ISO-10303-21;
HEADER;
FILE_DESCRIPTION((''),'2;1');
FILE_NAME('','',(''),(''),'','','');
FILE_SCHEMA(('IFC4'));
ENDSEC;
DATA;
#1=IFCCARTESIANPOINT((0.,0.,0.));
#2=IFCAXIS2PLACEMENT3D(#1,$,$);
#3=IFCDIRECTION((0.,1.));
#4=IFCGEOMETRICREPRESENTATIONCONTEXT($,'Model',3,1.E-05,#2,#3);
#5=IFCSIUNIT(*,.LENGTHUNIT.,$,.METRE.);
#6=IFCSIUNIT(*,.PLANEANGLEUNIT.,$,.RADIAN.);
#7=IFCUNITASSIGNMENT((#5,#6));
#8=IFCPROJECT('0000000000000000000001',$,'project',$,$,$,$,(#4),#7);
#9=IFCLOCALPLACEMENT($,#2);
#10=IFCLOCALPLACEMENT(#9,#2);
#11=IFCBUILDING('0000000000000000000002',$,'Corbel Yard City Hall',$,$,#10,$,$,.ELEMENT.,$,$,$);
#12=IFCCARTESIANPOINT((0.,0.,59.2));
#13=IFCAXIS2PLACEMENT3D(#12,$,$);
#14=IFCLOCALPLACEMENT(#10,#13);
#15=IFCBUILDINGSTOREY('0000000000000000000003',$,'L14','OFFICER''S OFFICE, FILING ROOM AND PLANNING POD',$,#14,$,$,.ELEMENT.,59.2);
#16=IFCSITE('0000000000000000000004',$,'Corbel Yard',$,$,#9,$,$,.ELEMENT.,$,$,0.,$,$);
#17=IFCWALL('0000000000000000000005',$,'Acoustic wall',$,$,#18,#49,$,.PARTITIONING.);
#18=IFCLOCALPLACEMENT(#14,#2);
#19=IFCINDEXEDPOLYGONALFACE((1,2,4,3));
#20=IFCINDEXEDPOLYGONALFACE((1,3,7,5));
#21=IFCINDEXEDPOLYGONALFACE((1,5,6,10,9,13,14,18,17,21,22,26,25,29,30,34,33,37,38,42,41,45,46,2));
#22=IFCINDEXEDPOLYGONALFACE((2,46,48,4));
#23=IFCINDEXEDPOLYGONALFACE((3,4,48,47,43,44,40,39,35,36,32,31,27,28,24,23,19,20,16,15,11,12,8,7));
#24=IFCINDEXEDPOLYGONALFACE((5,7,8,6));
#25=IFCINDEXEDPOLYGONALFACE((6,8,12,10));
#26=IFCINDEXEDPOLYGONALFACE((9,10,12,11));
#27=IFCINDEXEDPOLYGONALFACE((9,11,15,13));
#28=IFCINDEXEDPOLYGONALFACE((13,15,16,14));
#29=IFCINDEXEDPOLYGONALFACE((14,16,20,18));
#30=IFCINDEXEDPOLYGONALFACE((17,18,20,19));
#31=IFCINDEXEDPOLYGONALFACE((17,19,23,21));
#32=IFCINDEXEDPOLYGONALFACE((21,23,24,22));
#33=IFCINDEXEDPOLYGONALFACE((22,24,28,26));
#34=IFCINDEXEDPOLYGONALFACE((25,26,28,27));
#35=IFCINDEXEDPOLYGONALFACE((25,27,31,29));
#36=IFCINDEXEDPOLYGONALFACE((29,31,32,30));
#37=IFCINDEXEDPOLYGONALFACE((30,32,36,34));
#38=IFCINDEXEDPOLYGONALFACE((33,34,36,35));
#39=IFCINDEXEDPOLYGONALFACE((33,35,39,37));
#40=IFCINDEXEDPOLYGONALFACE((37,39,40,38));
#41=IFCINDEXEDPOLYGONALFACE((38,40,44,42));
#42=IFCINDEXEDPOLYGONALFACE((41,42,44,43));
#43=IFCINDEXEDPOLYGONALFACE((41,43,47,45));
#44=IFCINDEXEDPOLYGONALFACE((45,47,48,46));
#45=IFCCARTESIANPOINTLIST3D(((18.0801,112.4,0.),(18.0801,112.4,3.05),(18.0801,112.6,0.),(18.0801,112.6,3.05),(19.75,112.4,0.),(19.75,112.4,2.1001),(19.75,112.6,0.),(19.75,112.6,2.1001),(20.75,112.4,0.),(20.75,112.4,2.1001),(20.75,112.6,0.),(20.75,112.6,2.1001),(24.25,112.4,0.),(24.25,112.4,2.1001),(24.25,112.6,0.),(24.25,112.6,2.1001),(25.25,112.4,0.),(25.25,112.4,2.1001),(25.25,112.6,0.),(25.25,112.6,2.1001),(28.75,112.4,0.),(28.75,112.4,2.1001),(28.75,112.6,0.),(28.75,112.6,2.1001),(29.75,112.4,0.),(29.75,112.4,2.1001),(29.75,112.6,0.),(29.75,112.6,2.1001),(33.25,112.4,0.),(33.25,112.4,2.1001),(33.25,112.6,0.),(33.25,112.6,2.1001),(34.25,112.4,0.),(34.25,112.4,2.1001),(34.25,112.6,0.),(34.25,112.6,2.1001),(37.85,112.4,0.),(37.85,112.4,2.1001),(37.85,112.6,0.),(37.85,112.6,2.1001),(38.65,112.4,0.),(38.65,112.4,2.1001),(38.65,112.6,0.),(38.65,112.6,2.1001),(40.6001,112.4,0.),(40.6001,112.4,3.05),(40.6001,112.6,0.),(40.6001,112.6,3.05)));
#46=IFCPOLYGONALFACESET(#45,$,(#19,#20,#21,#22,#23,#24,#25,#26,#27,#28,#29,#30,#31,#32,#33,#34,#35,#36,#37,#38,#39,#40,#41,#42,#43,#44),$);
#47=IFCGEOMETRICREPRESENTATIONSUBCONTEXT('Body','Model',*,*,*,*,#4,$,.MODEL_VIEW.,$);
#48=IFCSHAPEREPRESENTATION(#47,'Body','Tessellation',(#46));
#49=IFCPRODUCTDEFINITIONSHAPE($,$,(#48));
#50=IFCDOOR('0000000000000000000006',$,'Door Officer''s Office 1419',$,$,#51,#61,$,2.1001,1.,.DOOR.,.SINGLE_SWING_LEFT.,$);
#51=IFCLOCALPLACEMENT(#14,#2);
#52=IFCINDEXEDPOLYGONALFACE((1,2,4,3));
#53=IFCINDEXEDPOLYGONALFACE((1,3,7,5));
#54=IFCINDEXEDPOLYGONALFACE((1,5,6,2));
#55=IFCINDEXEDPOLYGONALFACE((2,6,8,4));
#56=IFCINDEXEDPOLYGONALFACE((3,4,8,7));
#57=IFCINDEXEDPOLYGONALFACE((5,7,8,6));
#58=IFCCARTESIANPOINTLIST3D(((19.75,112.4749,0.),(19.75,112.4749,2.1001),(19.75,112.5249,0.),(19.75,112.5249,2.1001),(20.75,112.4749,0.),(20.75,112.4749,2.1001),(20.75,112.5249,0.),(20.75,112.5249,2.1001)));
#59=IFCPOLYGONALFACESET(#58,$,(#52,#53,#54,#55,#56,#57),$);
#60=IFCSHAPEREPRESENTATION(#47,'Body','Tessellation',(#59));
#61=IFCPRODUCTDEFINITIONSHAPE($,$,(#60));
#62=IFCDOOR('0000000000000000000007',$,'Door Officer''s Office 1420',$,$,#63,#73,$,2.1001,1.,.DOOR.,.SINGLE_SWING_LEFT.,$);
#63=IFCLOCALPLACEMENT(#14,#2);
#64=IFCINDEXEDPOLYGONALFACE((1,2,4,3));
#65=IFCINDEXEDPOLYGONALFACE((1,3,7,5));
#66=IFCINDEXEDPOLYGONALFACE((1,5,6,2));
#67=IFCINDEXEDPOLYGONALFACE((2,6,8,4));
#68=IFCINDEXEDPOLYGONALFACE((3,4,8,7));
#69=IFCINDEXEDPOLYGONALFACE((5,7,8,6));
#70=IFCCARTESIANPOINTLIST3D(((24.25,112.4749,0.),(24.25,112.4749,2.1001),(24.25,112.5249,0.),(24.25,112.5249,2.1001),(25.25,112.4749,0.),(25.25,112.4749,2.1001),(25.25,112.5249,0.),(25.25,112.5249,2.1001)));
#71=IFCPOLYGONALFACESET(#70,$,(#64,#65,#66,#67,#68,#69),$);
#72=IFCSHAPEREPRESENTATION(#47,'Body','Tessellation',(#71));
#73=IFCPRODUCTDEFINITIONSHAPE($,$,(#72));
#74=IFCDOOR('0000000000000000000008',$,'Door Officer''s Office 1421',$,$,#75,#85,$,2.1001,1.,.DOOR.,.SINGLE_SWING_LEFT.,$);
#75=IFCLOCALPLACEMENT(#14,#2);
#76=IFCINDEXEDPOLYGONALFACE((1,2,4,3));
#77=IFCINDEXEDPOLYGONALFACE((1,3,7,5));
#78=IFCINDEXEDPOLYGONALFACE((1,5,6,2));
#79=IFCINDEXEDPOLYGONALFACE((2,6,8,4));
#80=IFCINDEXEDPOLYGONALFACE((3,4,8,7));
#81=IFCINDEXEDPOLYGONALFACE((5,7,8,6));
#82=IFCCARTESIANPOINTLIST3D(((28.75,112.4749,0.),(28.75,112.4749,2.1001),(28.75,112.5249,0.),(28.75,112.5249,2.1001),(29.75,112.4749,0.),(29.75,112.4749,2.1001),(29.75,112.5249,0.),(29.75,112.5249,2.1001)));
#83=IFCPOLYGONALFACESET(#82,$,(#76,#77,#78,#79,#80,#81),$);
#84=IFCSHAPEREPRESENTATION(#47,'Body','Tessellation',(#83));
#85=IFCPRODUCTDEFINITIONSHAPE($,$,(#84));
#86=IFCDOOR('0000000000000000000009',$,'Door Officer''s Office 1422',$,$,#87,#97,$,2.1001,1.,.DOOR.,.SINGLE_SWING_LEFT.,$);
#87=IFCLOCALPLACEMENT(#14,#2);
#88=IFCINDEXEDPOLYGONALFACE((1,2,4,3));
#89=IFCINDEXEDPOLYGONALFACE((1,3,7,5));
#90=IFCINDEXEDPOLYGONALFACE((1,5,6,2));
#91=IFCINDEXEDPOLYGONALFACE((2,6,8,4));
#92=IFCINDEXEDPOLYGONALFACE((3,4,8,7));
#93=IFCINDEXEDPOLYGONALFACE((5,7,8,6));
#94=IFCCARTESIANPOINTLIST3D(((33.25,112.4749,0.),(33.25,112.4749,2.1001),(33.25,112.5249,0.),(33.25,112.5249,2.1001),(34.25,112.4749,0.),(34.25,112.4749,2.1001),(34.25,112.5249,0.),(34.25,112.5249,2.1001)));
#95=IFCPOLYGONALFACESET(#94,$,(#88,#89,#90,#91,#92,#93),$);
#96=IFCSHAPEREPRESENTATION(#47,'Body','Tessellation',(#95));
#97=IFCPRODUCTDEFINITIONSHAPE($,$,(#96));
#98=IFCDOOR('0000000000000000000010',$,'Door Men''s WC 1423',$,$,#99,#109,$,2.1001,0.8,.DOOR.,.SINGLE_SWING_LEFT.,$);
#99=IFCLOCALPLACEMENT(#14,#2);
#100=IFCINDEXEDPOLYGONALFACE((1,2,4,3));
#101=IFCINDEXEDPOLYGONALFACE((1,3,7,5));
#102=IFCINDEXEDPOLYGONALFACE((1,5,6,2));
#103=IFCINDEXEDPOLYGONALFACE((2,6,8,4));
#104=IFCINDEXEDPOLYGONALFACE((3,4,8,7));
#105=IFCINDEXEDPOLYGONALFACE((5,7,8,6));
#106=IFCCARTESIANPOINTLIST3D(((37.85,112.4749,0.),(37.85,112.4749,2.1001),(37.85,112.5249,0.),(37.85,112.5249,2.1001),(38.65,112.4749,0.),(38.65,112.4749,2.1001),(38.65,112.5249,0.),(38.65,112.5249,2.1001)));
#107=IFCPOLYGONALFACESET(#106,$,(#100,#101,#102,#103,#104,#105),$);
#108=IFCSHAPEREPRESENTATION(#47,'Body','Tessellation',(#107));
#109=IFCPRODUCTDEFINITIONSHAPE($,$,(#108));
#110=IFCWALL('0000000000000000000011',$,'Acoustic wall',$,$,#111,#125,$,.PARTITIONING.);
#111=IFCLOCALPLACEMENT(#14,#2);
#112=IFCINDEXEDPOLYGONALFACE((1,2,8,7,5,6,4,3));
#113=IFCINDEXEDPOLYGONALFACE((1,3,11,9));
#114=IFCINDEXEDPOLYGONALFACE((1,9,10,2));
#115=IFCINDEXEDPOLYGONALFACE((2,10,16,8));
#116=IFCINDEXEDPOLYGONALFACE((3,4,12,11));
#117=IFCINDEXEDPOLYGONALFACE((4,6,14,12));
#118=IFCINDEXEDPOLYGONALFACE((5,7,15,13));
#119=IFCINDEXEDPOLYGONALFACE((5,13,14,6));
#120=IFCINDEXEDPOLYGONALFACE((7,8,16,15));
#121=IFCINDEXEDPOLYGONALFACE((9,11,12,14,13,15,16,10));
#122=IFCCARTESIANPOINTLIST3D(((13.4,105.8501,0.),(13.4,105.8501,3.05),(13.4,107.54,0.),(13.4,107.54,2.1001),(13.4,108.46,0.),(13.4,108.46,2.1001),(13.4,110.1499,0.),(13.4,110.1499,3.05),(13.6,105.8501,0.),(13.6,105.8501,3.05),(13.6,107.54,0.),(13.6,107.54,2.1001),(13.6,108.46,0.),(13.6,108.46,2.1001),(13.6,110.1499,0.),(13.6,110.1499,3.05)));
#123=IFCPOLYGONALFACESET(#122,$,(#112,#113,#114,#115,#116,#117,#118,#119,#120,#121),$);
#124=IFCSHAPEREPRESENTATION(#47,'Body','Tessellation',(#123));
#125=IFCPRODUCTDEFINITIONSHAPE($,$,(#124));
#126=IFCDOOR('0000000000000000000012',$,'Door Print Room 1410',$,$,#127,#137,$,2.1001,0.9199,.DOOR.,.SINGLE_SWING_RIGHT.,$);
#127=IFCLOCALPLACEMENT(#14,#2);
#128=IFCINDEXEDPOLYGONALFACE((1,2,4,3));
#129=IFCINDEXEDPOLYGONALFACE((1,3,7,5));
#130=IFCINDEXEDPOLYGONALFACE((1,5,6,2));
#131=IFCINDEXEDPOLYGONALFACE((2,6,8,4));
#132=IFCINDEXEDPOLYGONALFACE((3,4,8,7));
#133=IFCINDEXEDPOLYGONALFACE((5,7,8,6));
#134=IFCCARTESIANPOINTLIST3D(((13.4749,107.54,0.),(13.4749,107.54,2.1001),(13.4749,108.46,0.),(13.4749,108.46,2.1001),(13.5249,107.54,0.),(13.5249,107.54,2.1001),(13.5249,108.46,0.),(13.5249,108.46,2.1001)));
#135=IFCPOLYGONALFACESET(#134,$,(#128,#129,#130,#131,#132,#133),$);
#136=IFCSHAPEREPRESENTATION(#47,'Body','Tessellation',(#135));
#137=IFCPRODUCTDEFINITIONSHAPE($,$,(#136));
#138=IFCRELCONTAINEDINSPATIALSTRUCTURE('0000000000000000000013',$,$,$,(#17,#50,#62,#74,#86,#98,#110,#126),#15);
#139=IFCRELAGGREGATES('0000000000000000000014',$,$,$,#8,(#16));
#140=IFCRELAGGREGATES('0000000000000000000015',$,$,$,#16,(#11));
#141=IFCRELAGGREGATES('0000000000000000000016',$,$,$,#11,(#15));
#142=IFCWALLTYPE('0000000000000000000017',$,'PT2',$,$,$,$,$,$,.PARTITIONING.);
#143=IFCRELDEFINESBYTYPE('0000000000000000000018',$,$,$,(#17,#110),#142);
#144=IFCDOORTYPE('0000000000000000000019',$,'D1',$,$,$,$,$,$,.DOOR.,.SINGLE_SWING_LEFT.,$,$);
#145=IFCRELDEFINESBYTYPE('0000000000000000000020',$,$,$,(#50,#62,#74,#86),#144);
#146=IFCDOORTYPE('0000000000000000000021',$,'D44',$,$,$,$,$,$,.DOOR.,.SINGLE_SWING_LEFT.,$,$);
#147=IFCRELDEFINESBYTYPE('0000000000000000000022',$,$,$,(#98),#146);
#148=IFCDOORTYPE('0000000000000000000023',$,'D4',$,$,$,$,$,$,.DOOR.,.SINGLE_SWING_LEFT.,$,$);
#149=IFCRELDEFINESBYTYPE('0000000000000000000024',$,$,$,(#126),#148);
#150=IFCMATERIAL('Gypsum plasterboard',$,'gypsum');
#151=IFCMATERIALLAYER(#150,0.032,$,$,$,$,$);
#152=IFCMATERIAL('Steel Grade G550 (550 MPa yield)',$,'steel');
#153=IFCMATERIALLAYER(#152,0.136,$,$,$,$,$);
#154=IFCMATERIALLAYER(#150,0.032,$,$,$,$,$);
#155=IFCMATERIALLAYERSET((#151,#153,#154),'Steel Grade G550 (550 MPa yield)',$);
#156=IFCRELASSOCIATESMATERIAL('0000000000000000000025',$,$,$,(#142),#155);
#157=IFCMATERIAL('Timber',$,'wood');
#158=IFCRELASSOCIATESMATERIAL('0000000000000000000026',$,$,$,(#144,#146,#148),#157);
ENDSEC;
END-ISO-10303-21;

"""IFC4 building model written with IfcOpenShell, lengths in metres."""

from ifc_helpers import new_model, si_unit, direction, frame, frame_2d, origin, place, context, subcontext, project, spatial, rectangle, extrude, material, layer, layer_set, type_object, element, fill, save


model = new_model("IFC4")

# Units and contexts
model_context = context("Model", 3, precision=1e-05, world=origin(), true_north=direction((0.0, 1.0)))
body_context = subcontext(model_context, "Body", "Model", "MODEL_VIEW")
ifc_project = project(units=[si_unit("LENGTHUNIT", "METRE"), si_unit("PLANEANGLEUNIT", "RADIAN")], contexts=[model_context])

# Site, building, storey
site_placement = place(None, origin())
site = spatial("IfcSite", under=ifc_project, at=site_placement, Name="Corbel Yard", CompositionType="ELEMENT", RefElevation=0.0)
building_placement = place(site_placement, origin())
building = spatial("IfcBuilding", under=site, at=building_placement, Name="Corbel Yard City Hall", CompositionType="ELEMENT")
storey_placement = place(building_placement, frame((0.0, 0.0, 59.2)))
storey = spatial("IfcBuildingStorey", under=building, at=storey_placement, Name="L14", Description="OFFICER'S OFFICE, FILING ROOM AND PLANNING POD", CompositionType="ELEMENT", Elevation=59.2)

# Shared definitions
ifc_material_1 = material(Name="Gypsum plasterboard", Category="gypsum")
ifc_material_2 = material(Name="Steel Grade G550 (550 MPa yield)", Category="steel")

# Shared definitions
ifc_layer_1 = layer(ifc_material_1, 0.032)
ifc_layer_2 = layer(ifc_material_2, 0.136)
ifc_layer_3 = layer(ifc_material_1, 0.032)
ifc_layer_set_1 = layer_set([ifc_layer_1, ifc_layer_2, ifc_layer_3], Name="Steel Grade G550 (550 MPa yield)")
wall_type_1 = type_object("IfcWallType", Name="PT2", PredefinedType="PARTITIONING", material=ifc_layer_set_1)
ifc_material_3 = material(Name="Timber", Category="wood")

# Wall, openings, doors
wall_1_placement = place(storey_placement, frame((18.0801, 112.5, 0.0), z_axis=(0.0, 0.0, 1.0), x_axis=(1.0, 0.0, 0.0)))
wall_1 = element("IfcWall", 1, at=wall_1_placement, inside=storey, type_object=wall_type_1, Name="Acoustic wall", PredefinedType="PARTITIONING", context=body_context, shape_type="SweptSolid", body=[
    extrude(rectangle(XDim=22.52, YDim=0.2, at=frame_2d((11.26, 0.0))), origin(), (0.0, 0.0, 1.0), 3.05),
])
opening_1_placement = place(wall_1_placement, frame((1.6699, 0.0, 0.0)))
opening_1 = element("IfcOpeningElement", 2, at=opening_1_placement, cuts=wall_1, PredefinedType="OPENING", context=body_context, shape_type="SweptSolid", body=[
    extrude(rectangle(XDim=1.0, YDim=2.1001, at=frame_2d((0.5, 1.05))), frame((0.0, 0.1099, 0.0), z_axis=(0.0, -1.0, 0.0), x_axis=(1.0, 0.0, 0.0)), (0.0, 0.0, 1.0), 0.22),
])
opening_2_placement = place(wall_1_placement, frame((6.1699, 0.0, 0.0)))
opening_2 = element("IfcOpeningElement", 3, at=opening_2_placement, cuts=wall_1, PredefinedType="OPENING", context=body_context, shape_type="SweptSolid", body=[
    extrude(rectangle(XDim=1.0, YDim=2.1001, at=frame_2d((0.5, 1.05))), frame((0.0, 0.1099, 0.0), z_axis=(0.0, -1.0, 0.0), x_axis=(1.0, 0.0, 0.0)), (0.0, 0.0, 1.0), 0.22),
])
opening_3_placement = place(wall_1_placement, frame((10.6699, 0.0, 0.0)))
opening_3 = element("IfcOpeningElement", 4, at=opening_3_placement, cuts=wall_1, PredefinedType="OPENING", context=body_context, shape_type="SweptSolid", body=[
    extrude(rectangle(XDim=1.0, YDim=2.1001, at=frame_2d((0.5, 1.05))), frame((0.0, 0.1099, 0.0), z_axis=(0.0, -1.0, 0.0), x_axis=(1.0, 0.0, 0.0)), (0.0, 0.0, 1.0), 0.22),
])
opening_4_placement = place(wall_1_placement, frame((15.1699, 0.0, 0.0)))
opening_4 = element("IfcOpeningElement", 5, at=opening_4_placement, cuts=wall_1, PredefinedType="OPENING", context=body_context, shape_type="SweptSolid", body=[
    extrude(rectangle(XDim=1.0, YDim=2.1001, at=frame_2d((0.5, 1.05))), frame((0.0, 0.1099, 0.0), z_axis=(0.0, -1.0, 0.0), x_axis=(1.0, 0.0, 0.0)), (0.0, 0.0, 1.0), 0.22),
])
opening_5_placement = place(wall_1_placement, frame((19.77, 0.0, 0.0)))
opening_5 = element("IfcOpeningElement", 6, at=opening_5_placement, cuts=wall_1, PredefinedType="OPENING", context=body_context, shape_type="SweptSolid", body=[
    extrude(rectangle(XDim=0.8, YDim=2.1001, at=frame_2d((0.3999, 1.05))), frame((0.0, 0.1099, 0.0), z_axis=(0.0, -1.0, 0.0), x_axis=(1.0, 0.0, 0.0)), (0.0, 0.0, 1.0), 0.22),
])
door_type_1 = type_object("IfcDoorType", Name="D1", OperationType="SINGLE_SWING_LEFT", PredefinedType="DOOR", material=ifc_material_3)
door_1_placement = place(opening_1_placement, origin())
door_1 = element("IfcDoor", 7, at=door_1_placement, inside=storey, type_object=door_type_1, Name="Door Officer's Office 1419", OperationType="SINGLE_SWING_LEFT", OverallHeight=2.1001, OverallWidth=1.0, PredefinedType="DOOR", context=body_context, shape_type="SweptSolid", body=[
    extrude(rectangle(XDim=1.0, YDim=2.1001, at=frame_2d((0.5, 1.05))), frame((0.0, 0.0249, 0.0), z_axis=(0.0, -1.0, 0.0), x_axis=(1.0, 0.0, 0.0)), (0.0, 0.0, 1.0), 0.05),
])
fill(opening_1, door_1)
door_2_placement = place(opening_2_placement, origin())
door_2 = element("IfcDoor", 8, at=door_2_placement, inside=storey, type_object=door_type_1, Name="Door Officer's Office 1420", OperationType="SINGLE_SWING_LEFT", OverallHeight=2.1001, OverallWidth=1.0, PredefinedType="DOOR", context=body_context, shape_type="SweptSolid", body=[
    extrude(rectangle(XDim=1.0, YDim=2.1001, at=frame_2d((0.5, 1.05))), frame((0.0, 0.0249, 0.0), z_axis=(0.0, -1.0, 0.0), x_axis=(1.0, 0.0, 0.0)), (0.0, 0.0, 1.0), 0.05),
])
fill(opening_2, door_2)
door_3_placement = place(opening_3_placement, origin())
door_3 = element("IfcDoor", 9, at=door_3_placement, inside=storey, type_object=door_type_1, Name="Door Officer's Office 1421", OperationType="SINGLE_SWING_LEFT", OverallHeight=2.1001, OverallWidth=1.0, PredefinedType="DOOR", context=body_context, shape_type="SweptSolid", body=[
    extrude(rectangle(XDim=1.0, YDim=2.1001, at=frame_2d((0.5, 1.05))), frame((0.0, 0.0249, 0.0), z_axis=(0.0, -1.0, 0.0), x_axis=(1.0, 0.0, 0.0)), (0.0, 0.0, 1.0), 0.05),
])
fill(opening_3, door_3)
door_4_placement = place(opening_4_placement, origin())
door_4 = element("IfcDoor", 10, at=door_4_placement, inside=storey, type_object=door_type_1, Name="Door Officer's Office 1422", OperationType="SINGLE_SWING_LEFT", OverallHeight=2.1001, OverallWidth=1.0, PredefinedType="DOOR", context=body_context, shape_type="SweptSolid", body=[
    extrude(rectangle(XDim=1.0, YDim=2.1001, at=frame_2d((0.5, 1.05))), frame((0.0, 0.0249, 0.0), z_axis=(0.0, -1.0, 0.0), x_axis=(1.0, 0.0, 0.0)), (0.0, 0.0, 1.0), 0.05),
])
fill(opening_4, door_4)
door_type_2 = type_object("IfcDoorType", Name="D44", OperationType="SINGLE_SWING_LEFT", PredefinedType="DOOR", material=ifc_material_3)
door_5_placement = place(opening_5_placement, origin())
door_5 = element("IfcDoor", 11, at=door_5_placement, inside=storey, type_object=door_type_2, Name="Door Men's WC 1423", OperationType="SINGLE_SWING_LEFT", OverallHeight=2.1001, OverallWidth=0.8, PredefinedType="DOOR", context=body_context, shape_type="SweptSolid", body=[
    extrude(rectangle(XDim=0.8, YDim=2.1001, at=frame_2d((0.3999, 1.05))), frame((0.0, 0.0249, 0.0), z_axis=(0.0, -1.0, 0.0), x_axis=(1.0, 0.0, 0.0)), (0.0, 0.0, 1.0), 0.05),
])
fill(opening_5, door_5)

# Wall, opening, door
wall_2_placement = place(storey_placement, frame((13.5, 105.8501, 0.0), z_axis=(0.0, 0.0, 1.0), x_axis=(0.0, 1.0, 0.0)))
wall_2 = element("IfcWall", 12, at=wall_2_placement, inside=storey, type_object=wall_type_1, Name="Acoustic wall", PredefinedType="PARTITIONING", context=body_context, shape_type="SweptSolid", body=[
    extrude(rectangle(XDim=4.2998, YDim=0.2, at=frame_2d((2.1499, 0.0))), origin(), (0.0, 0.0, 1.0), 3.05),
])
opening_6_placement = place(wall_2_placement, frame((1.6899, 0.0, 0.0)))
opening_6 = element("IfcOpeningElement", 13, at=opening_6_placement, cuts=wall_2, PredefinedType="OPENING", context=body_context, shape_type="SweptSolid", body=[
    extrude(rectangle(XDim=0.9199, YDim=2.1001, at=frame_2d((0.46, 1.05))), frame((0.0, 0.1099, 0.0), z_axis=(0.0, -1.0, 0.0), x_axis=(1.0, 0.0, 0.0)), (0.0, 0.0, 1.0), 0.22),
])
door_type_3 = type_object("IfcDoorType", Name="D4", OperationType="SINGLE_SWING_LEFT", PredefinedType="DOOR", material=ifc_material_3)
door_6_placement = place(opening_6_placement, frame((0.9199, 0.0, 0.0), z_axis=(0.0, 0.0, 1.0), x_axis=(-1.0, 0.0, 0.0)))
door_6 = element("IfcDoor", 14, at=door_6_placement, inside=storey, type_object=door_type_3, Name="Door Print Room 1410", OperationType="SINGLE_SWING_RIGHT", OverallHeight=2.1001, OverallWidth=0.9199, PredefinedType="DOOR", context=body_context, shape_type="SweptSolid", body=[
    extrude(rectangle(XDim=0.9199, YDim=2.1001, at=frame_2d((0.46, 1.05))), frame((0.0, 0.0249, 0.0), z_axis=(0.0, -1.0, 0.0), x_axis=(1.0, 0.0, 0.0)), (0.0, 0.0, 1.0), 0.05),
])
fill(opening_6, door_6)

save(model, "model.ifc")
